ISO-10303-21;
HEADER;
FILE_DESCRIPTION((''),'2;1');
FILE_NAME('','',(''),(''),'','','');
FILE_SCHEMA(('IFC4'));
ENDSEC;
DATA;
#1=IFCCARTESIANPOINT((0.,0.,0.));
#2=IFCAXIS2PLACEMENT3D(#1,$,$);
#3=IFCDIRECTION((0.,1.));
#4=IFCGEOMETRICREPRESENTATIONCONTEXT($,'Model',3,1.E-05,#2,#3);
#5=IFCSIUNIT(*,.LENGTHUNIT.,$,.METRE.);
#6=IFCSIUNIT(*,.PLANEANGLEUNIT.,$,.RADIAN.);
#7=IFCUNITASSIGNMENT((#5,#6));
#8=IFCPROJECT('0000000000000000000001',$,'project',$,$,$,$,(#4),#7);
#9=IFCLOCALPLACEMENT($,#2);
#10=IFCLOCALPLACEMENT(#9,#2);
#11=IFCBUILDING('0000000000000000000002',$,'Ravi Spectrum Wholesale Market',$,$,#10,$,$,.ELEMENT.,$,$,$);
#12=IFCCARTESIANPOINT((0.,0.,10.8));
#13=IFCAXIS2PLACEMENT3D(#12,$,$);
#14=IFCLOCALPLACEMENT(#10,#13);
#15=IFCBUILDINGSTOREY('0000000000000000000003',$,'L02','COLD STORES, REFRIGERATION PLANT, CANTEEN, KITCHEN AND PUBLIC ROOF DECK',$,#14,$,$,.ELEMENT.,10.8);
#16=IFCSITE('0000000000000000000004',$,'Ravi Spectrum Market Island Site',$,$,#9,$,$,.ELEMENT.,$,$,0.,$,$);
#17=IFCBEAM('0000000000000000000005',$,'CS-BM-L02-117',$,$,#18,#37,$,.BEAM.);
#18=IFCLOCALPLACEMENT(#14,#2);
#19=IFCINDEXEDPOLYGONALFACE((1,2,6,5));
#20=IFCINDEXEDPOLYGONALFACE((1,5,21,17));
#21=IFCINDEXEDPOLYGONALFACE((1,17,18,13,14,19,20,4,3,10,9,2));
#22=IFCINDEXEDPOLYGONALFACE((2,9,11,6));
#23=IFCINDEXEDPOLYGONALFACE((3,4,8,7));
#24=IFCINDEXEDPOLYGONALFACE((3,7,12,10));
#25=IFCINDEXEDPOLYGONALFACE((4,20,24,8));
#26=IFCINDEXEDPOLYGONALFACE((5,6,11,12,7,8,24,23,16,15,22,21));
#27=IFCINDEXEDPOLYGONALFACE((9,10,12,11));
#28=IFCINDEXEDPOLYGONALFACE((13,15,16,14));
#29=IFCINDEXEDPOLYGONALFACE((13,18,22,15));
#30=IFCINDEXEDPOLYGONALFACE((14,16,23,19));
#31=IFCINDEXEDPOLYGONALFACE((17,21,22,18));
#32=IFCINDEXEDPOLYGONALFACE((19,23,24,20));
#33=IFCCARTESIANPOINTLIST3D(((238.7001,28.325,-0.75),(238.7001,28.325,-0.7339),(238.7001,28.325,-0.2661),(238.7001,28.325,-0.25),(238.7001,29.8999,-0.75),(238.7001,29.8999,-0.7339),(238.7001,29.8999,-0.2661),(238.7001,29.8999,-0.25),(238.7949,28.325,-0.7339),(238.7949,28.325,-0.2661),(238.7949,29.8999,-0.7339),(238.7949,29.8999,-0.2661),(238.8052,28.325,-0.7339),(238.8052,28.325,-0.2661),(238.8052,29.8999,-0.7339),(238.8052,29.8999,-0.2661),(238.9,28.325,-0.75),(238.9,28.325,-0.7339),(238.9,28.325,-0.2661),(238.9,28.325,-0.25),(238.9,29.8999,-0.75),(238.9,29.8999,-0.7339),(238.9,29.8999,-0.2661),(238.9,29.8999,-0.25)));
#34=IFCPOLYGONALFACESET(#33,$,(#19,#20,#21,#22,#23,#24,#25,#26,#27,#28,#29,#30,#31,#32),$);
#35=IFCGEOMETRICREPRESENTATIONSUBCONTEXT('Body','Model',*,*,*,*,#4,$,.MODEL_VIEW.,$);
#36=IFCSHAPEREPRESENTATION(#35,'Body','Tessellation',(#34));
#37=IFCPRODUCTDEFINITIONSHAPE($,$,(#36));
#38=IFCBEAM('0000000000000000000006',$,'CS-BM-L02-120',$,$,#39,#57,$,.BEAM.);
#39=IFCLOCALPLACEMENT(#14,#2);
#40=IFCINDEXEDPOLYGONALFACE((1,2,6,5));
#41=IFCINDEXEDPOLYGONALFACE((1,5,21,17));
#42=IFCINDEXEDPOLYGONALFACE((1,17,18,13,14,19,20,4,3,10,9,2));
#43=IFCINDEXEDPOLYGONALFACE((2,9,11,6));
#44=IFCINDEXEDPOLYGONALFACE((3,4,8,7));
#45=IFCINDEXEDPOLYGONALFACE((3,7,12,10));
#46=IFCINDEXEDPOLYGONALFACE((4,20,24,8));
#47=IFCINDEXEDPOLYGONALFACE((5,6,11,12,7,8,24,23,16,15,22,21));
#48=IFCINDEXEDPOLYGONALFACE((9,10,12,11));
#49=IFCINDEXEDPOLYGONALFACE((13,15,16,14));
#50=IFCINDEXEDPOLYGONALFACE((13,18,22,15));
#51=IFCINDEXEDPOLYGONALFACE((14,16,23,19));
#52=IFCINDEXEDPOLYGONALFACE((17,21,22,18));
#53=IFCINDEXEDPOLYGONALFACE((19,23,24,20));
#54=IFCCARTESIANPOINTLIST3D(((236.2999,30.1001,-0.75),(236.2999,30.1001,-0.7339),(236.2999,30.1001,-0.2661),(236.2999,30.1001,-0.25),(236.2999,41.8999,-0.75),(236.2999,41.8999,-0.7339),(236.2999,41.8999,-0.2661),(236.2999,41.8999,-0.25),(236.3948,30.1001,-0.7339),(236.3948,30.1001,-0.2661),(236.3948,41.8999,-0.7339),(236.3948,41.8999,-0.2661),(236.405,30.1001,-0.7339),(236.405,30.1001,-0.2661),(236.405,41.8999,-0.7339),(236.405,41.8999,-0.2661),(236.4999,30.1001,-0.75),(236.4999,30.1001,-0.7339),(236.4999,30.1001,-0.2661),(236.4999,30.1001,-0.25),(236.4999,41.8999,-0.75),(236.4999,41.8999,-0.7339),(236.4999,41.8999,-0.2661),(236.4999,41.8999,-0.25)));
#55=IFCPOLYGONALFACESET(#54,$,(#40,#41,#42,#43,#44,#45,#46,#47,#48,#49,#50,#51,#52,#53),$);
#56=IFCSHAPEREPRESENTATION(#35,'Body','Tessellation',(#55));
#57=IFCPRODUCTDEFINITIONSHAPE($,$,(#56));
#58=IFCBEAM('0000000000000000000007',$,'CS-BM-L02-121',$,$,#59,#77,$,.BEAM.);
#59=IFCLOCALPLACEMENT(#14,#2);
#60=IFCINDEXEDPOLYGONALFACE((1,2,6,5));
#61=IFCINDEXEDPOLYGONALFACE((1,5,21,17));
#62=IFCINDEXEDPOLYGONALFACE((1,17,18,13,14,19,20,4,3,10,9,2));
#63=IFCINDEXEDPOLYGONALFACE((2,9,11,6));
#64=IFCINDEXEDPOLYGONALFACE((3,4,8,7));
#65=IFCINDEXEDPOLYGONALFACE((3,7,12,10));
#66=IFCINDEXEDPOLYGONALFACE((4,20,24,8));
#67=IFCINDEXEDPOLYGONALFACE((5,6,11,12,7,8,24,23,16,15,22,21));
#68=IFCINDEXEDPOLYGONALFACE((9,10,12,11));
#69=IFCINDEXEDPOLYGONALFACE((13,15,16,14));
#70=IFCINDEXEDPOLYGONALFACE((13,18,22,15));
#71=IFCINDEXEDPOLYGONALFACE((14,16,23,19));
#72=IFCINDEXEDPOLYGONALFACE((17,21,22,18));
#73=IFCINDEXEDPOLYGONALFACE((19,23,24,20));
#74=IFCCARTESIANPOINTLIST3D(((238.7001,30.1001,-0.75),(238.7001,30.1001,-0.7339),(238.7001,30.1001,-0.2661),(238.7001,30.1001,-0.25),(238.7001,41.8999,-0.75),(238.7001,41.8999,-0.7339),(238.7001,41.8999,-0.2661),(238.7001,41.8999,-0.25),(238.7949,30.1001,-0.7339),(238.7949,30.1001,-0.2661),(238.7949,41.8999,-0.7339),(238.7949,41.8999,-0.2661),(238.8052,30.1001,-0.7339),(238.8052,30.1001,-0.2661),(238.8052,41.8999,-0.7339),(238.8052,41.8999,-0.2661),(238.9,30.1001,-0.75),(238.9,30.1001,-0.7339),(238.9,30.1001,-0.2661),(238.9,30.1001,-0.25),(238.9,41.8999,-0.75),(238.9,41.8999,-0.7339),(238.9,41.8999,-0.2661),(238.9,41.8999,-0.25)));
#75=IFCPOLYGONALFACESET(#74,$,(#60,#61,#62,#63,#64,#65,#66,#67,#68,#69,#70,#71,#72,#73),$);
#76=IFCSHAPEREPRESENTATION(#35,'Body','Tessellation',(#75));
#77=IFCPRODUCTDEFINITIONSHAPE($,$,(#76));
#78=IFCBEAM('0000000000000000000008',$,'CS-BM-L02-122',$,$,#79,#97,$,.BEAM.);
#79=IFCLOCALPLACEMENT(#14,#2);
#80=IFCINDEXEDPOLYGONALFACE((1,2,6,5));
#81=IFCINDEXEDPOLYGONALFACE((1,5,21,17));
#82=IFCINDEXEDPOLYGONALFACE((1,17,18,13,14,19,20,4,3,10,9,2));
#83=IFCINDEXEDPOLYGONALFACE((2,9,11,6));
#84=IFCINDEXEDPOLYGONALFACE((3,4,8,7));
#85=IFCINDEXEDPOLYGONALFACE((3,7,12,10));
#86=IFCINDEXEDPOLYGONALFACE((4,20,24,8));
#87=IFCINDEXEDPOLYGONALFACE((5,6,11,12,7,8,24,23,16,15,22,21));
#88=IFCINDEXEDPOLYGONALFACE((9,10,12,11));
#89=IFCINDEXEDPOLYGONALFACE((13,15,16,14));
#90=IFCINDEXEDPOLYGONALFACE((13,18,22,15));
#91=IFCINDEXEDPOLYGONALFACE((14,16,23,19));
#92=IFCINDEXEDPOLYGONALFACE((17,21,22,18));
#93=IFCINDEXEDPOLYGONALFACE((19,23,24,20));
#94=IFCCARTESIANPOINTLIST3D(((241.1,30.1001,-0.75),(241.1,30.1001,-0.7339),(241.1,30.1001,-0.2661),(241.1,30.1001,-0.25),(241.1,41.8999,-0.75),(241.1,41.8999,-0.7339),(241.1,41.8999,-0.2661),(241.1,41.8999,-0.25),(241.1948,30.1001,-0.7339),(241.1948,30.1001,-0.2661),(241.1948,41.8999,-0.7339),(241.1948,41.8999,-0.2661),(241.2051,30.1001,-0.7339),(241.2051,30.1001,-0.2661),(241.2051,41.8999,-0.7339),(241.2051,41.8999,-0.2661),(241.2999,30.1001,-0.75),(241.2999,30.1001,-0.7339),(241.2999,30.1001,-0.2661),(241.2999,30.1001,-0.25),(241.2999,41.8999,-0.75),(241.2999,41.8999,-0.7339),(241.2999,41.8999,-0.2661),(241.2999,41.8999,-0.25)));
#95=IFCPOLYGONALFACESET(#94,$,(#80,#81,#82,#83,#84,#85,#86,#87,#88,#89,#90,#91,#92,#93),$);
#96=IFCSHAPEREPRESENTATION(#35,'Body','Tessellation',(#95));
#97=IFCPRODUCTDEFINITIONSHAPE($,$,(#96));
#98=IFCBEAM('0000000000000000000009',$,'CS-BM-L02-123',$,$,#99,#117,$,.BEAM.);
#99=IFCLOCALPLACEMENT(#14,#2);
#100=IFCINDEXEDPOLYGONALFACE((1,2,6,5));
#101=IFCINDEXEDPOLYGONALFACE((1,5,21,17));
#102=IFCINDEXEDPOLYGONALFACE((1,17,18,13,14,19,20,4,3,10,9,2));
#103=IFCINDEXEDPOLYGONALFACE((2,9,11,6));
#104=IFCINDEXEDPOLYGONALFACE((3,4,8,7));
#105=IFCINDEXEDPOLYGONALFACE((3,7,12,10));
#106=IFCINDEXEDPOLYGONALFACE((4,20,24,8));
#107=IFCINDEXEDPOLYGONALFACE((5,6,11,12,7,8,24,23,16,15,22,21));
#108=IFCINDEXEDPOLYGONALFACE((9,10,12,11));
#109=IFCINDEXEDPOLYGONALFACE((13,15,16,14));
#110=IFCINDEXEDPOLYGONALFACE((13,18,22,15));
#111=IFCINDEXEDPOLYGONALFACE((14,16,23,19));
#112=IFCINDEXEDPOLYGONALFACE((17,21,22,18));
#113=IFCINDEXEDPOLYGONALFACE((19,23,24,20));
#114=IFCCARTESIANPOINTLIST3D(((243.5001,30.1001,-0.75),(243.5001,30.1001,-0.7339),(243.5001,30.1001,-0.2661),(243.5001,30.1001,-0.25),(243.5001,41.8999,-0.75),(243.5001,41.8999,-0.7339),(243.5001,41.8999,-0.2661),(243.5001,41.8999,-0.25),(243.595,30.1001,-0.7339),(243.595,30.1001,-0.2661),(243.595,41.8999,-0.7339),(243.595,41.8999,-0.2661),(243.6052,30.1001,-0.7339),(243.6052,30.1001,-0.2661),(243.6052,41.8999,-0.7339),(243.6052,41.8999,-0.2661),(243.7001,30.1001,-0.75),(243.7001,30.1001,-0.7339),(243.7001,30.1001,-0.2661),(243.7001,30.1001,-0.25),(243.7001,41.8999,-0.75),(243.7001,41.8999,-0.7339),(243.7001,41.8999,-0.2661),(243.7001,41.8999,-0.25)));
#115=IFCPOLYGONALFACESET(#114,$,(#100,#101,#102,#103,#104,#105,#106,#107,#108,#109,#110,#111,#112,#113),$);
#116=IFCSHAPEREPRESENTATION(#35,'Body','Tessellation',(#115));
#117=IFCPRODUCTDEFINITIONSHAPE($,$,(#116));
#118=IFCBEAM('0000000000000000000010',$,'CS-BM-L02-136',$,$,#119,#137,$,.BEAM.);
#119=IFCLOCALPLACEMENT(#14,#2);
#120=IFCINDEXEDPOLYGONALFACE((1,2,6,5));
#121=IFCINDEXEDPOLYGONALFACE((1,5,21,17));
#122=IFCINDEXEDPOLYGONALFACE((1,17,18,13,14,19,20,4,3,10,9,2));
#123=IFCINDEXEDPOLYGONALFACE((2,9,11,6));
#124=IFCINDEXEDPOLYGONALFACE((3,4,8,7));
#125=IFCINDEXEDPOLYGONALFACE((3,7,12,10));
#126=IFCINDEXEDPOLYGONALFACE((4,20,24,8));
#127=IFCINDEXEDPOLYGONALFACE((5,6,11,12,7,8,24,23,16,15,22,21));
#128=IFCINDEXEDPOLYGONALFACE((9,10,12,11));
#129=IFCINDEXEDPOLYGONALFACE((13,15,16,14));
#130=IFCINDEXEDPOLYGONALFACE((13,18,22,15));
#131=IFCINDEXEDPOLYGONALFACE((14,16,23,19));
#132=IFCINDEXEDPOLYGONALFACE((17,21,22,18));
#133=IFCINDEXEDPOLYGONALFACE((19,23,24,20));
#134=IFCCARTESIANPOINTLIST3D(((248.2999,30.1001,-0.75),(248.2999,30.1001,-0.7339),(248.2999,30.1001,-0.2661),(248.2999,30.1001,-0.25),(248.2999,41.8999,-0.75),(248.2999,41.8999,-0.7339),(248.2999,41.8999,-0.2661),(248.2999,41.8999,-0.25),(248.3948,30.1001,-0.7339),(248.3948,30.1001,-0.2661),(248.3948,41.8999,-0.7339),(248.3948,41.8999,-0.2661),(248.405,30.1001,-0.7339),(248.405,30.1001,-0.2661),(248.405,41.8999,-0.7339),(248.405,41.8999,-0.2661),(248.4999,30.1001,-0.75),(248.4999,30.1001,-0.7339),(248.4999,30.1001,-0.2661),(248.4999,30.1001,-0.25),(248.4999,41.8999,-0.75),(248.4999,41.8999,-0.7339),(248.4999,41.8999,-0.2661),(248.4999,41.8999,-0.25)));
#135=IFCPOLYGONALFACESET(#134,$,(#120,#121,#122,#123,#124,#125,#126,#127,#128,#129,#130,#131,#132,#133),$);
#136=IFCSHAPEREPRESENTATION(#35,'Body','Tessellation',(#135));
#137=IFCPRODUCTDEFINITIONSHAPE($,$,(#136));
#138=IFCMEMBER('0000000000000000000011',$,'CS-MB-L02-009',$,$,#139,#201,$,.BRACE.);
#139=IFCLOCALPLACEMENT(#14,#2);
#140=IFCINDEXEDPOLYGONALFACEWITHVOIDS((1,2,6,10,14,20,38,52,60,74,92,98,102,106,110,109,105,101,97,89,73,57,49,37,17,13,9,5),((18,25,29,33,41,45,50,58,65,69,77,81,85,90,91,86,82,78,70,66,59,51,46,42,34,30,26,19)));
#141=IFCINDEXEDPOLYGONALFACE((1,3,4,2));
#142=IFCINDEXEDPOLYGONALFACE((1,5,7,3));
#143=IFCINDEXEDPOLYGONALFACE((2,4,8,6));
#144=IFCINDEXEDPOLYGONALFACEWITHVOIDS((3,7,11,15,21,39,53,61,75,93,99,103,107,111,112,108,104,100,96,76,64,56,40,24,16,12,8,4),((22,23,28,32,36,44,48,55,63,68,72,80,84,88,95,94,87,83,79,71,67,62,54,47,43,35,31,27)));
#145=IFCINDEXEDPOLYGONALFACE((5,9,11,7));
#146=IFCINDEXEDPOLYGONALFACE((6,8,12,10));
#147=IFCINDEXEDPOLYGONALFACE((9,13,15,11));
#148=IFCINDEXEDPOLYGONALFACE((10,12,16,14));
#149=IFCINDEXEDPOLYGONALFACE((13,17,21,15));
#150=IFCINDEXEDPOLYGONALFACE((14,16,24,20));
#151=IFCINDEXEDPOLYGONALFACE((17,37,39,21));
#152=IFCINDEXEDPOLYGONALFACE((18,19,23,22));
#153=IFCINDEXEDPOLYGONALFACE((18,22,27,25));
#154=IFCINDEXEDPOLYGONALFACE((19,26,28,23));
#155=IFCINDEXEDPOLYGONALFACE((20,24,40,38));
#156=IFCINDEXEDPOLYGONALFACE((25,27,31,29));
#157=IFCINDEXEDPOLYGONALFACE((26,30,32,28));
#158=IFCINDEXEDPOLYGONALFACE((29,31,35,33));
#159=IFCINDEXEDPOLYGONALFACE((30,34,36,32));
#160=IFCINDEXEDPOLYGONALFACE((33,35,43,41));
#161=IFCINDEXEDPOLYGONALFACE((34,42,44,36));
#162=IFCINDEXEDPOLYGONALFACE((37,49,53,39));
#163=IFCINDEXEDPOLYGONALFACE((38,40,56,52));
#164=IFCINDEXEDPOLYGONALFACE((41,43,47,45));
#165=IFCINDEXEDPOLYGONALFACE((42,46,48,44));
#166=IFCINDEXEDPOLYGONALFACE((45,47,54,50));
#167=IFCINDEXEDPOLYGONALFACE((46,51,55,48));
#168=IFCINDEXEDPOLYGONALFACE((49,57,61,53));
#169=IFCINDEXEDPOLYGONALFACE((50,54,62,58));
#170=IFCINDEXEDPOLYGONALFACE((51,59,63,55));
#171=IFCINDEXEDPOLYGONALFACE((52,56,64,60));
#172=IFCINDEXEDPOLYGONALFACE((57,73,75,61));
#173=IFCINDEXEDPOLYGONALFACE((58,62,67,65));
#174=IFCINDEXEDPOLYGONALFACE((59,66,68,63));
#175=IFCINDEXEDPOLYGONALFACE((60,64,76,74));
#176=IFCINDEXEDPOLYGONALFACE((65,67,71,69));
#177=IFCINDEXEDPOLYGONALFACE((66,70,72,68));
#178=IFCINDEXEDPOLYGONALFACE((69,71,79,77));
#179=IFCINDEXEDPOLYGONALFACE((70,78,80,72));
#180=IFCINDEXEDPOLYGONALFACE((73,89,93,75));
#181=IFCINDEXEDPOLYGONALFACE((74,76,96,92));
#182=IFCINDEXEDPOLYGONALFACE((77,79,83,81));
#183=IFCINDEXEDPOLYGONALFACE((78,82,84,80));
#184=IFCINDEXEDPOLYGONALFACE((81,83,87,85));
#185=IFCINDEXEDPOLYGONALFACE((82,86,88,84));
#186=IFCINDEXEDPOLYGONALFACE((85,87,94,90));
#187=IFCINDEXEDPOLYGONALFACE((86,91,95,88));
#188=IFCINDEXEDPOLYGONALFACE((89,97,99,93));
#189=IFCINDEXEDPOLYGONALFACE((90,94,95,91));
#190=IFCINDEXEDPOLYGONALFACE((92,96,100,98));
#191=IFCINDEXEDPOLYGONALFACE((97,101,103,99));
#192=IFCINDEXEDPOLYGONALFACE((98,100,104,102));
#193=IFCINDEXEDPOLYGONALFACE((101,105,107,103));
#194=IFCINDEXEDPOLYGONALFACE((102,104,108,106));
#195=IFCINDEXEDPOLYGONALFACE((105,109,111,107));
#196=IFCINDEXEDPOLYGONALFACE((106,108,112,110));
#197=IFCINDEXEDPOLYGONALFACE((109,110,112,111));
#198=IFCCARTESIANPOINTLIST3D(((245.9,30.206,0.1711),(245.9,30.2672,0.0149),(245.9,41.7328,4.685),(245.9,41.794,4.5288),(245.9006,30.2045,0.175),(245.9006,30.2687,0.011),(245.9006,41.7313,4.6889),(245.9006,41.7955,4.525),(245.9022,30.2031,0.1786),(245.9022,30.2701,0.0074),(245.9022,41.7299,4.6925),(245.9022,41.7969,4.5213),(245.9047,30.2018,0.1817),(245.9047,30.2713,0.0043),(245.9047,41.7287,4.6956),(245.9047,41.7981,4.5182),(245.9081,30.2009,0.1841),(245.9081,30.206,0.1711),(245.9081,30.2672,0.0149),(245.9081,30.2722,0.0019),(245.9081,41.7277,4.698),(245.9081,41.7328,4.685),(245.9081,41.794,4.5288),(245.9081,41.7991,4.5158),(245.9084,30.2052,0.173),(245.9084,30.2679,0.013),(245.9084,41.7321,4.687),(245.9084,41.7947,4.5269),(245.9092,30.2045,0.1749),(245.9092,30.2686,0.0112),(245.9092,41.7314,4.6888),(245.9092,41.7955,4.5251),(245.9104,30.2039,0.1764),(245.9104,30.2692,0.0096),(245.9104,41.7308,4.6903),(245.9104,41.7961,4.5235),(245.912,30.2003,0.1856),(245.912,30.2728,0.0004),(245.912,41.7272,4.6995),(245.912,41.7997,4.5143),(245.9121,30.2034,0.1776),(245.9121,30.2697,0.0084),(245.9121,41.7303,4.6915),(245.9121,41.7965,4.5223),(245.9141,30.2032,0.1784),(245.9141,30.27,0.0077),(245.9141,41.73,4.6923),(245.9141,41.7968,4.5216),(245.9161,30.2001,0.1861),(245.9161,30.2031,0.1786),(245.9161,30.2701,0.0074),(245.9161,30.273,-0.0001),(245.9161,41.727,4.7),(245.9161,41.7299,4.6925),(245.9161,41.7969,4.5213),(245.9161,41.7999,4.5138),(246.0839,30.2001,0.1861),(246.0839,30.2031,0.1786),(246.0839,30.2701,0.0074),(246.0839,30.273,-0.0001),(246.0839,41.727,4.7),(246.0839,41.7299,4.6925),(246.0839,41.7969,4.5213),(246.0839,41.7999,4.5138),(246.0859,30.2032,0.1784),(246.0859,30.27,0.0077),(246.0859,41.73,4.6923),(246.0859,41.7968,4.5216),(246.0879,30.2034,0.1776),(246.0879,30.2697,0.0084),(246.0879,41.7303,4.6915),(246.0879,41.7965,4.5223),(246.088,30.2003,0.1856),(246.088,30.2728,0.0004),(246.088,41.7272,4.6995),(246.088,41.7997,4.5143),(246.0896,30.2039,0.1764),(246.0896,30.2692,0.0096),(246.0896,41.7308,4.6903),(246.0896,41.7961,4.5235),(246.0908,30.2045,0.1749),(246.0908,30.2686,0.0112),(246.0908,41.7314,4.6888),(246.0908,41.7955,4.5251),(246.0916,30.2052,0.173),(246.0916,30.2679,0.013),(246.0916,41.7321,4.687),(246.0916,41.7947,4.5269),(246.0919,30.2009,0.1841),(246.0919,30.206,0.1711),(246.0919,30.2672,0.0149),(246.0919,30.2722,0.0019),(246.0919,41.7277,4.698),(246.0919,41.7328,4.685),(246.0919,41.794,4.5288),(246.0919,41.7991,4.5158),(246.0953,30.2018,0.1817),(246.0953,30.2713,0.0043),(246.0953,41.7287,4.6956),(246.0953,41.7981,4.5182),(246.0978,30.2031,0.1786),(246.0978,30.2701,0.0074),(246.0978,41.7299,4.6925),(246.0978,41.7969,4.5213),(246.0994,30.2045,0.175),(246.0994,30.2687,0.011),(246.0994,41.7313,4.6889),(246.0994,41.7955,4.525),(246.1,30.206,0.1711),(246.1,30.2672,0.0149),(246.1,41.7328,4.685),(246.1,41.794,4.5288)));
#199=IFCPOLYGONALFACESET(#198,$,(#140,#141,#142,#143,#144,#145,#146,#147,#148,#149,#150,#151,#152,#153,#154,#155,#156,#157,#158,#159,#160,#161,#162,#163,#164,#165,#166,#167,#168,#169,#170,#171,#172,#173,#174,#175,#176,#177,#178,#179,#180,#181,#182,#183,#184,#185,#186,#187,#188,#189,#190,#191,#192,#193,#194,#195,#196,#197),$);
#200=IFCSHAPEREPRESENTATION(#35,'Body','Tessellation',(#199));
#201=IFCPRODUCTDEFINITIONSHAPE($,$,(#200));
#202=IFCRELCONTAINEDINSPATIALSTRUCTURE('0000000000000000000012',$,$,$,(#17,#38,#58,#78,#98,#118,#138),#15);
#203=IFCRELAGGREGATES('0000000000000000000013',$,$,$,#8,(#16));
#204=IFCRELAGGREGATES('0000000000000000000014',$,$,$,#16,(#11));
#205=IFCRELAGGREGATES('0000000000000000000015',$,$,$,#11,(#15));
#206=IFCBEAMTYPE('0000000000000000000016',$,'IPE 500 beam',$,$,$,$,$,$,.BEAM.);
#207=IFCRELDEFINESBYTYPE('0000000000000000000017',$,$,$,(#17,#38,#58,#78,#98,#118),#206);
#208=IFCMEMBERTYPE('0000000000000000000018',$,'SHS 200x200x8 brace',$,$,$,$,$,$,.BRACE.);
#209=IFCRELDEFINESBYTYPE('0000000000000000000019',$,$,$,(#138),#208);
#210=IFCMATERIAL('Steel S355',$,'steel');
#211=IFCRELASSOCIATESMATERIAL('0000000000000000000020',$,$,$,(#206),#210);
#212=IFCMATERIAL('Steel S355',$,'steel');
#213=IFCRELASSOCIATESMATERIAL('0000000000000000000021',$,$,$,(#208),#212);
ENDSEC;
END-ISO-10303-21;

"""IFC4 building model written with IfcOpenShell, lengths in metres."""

from ifc_helpers import new_model, si_unit, direction, frame, origin, origin_2d, place, context, subcontext, project, spatial, hollow_rectangle, i_section, extrude, material, material_profile, profile_set, type_object, element, save


model = new_model("IFC4")

# Units and contexts
model_context = context("Model", 3, precision=1e-05, world=origin(), true_north=direction((0.0, 1.0)))
body_context = subcontext(model_context, "Body", "Model", "MODEL_VIEW")
ifc_project = project(units=[si_unit("LENGTHUNIT", "METRE"), si_unit("PLANEANGLEUNIT", "RADIAN")], contexts=[model_context])

# Site, building, storey
site_placement = place(None, origin())
site = spatial("IfcSite", under=ifc_project, at=site_placement, Name="Ravi Spectrum Market Island Site", CompositionType="ELEMENT", RefElevation=0.0)
building_placement = place(site_placement, origin())
building = spatial("IfcBuilding", under=site, at=building_placement, Name="Ravi Spectrum Wholesale Market", CompositionType="ELEMENT")
storey_placement = place(building_placement, frame((0.0, 0.0, 10.8)))
storey = spatial("IfcBuildingStorey", under=building, at=storey_placement, Name="L02", Description="COLD STORES, REFRIGERATION PLANT, CANTEEN, KITCHEN AND PUBLIC ROOF DECK", CompositionType="ELEMENT", Elevation=10.8)

# Beams
ifc_material_1 = material(Name="Steel S355", Category="steel")
ifc_material_profile_1 = material_profile(ifc_material_1, i_section(OverallWidth=0.2, OverallDepth=0.5, WebThickness=0.0103, FlangeThickness=0.0161, at=origin_2d()))
ifc_profile_set_1 = profile_set([ifc_material_profile_1], Name="Steel S355")
beam_type_1 = type_object("IfcBeamType", Name="IPE 500 beam", PredefinedType="BEAM", material=ifc_profile_set_1)
for number, where, z_axis, x_axis, name in (
    (1, (238.8, 28.325, -0.5), (0.0, 1.0, 0.0), (-1.0, 0.0, 0.0), "CS-BM-L02-117"),
):
    element("IfcBeam", number, at=place(storey_placement, frame(where, z_axis=z_axis, x_axis=x_axis)), inside=storey, type_object=beam_type_1, Name=name, PredefinedType="BEAM", context=body_context, shape_type="SweptSolid", body=[
        extrude(i_section(OverallWidth=0.2, OverallDepth=0.5, WebThickness=0.0103, FlangeThickness=0.0161, at=origin_2d()), origin(), (0.0, 0.0, 1.0), 1.575),
    ])
for number, where, z_axis, x_axis, name in (
    (2, (236.3999, 30.1001, -0.5), (0.0, 1.0, 0.0), (-1.0, 0.0, 0.0), "CS-BM-L02-120"),
    (3, (238.8, 30.1001, -0.5), (0.0, 1.0, 0.0), (-1.0, 0.0, 0.0), "CS-BM-L02-121"),
    (4, (241.2, 30.1001, -0.5), (0.0, 1.0, 0.0), (-1.0, 0.0, 0.0), "CS-BM-L02-122"),
    (5, (243.6001, 30.1001, -0.5), (0.0, 1.0, 0.0), (-1.0, 0.0, 0.0), "CS-BM-L02-123"),
    (6, (248.3999, 30.1001, -0.5), (0.0, 1.0, 0.0), (-1.0, 0.0, 0.0), "CS-BM-L02-136"),
):
    element("IfcBeam", number, at=place(storey_placement, frame(where, z_axis=z_axis, x_axis=x_axis)), inside=storey, type_object=beam_type_1, Name=name, PredefinedType="BEAM", context=body_context, shape_type="SweptSolid", body=[
        extrude(i_section(OverallWidth=0.2, OverallDepth=0.5, WebThickness=0.0103, FlangeThickness=0.0161, at=origin_2d()), origin(), (0.0, 0.0, 1.0), 11.7998),
    ])

# Member
ifc_material_2 = material(Name="Steel S355", Category="steel")
ifc_material_profile_2 = material_profile(ifc_material_2, hollow_rectangle(XDim=0.2, YDim=0.2, WallThickness=0.0081, InnerFilletRadius=0.0081, OuterFilletRadius=0.0161, at=origin_2d()))
ifc_profile_set_2 = profile_set([ifc_material_profile_2], Name="Steel S355")
member_type = type_object("IfcMemberType", Name="SHS 200x200x8 brace", PredefinedType="BRACE", material=ifc_profile_set_2)
member_placement = place(storey_placement, frame((246.0, 30.2366, 0.093), z_axis=(0.0, 0.931149, 0.364638), x_axis=(-1.0, 0.0, 0.0)))
element("IfcMember", 7, at=member_placement, inside=storey, type_object=member_type, Name="CS-MB-L02-009", PredefinedType="BRACE", context=body_context, shape_type="SweptSolid", body=[
    extrude(hollow_rectangle(XDim=0.2, YDim=0.2, WallThickness=0.0081, InnerFilletRadius=0.0081, OuterFilletRadius=0.0161, at=origin_2d()), origin(), (0.0, 0.0, 1.0), 12.3792),
])

save(model, "model.ifc")
